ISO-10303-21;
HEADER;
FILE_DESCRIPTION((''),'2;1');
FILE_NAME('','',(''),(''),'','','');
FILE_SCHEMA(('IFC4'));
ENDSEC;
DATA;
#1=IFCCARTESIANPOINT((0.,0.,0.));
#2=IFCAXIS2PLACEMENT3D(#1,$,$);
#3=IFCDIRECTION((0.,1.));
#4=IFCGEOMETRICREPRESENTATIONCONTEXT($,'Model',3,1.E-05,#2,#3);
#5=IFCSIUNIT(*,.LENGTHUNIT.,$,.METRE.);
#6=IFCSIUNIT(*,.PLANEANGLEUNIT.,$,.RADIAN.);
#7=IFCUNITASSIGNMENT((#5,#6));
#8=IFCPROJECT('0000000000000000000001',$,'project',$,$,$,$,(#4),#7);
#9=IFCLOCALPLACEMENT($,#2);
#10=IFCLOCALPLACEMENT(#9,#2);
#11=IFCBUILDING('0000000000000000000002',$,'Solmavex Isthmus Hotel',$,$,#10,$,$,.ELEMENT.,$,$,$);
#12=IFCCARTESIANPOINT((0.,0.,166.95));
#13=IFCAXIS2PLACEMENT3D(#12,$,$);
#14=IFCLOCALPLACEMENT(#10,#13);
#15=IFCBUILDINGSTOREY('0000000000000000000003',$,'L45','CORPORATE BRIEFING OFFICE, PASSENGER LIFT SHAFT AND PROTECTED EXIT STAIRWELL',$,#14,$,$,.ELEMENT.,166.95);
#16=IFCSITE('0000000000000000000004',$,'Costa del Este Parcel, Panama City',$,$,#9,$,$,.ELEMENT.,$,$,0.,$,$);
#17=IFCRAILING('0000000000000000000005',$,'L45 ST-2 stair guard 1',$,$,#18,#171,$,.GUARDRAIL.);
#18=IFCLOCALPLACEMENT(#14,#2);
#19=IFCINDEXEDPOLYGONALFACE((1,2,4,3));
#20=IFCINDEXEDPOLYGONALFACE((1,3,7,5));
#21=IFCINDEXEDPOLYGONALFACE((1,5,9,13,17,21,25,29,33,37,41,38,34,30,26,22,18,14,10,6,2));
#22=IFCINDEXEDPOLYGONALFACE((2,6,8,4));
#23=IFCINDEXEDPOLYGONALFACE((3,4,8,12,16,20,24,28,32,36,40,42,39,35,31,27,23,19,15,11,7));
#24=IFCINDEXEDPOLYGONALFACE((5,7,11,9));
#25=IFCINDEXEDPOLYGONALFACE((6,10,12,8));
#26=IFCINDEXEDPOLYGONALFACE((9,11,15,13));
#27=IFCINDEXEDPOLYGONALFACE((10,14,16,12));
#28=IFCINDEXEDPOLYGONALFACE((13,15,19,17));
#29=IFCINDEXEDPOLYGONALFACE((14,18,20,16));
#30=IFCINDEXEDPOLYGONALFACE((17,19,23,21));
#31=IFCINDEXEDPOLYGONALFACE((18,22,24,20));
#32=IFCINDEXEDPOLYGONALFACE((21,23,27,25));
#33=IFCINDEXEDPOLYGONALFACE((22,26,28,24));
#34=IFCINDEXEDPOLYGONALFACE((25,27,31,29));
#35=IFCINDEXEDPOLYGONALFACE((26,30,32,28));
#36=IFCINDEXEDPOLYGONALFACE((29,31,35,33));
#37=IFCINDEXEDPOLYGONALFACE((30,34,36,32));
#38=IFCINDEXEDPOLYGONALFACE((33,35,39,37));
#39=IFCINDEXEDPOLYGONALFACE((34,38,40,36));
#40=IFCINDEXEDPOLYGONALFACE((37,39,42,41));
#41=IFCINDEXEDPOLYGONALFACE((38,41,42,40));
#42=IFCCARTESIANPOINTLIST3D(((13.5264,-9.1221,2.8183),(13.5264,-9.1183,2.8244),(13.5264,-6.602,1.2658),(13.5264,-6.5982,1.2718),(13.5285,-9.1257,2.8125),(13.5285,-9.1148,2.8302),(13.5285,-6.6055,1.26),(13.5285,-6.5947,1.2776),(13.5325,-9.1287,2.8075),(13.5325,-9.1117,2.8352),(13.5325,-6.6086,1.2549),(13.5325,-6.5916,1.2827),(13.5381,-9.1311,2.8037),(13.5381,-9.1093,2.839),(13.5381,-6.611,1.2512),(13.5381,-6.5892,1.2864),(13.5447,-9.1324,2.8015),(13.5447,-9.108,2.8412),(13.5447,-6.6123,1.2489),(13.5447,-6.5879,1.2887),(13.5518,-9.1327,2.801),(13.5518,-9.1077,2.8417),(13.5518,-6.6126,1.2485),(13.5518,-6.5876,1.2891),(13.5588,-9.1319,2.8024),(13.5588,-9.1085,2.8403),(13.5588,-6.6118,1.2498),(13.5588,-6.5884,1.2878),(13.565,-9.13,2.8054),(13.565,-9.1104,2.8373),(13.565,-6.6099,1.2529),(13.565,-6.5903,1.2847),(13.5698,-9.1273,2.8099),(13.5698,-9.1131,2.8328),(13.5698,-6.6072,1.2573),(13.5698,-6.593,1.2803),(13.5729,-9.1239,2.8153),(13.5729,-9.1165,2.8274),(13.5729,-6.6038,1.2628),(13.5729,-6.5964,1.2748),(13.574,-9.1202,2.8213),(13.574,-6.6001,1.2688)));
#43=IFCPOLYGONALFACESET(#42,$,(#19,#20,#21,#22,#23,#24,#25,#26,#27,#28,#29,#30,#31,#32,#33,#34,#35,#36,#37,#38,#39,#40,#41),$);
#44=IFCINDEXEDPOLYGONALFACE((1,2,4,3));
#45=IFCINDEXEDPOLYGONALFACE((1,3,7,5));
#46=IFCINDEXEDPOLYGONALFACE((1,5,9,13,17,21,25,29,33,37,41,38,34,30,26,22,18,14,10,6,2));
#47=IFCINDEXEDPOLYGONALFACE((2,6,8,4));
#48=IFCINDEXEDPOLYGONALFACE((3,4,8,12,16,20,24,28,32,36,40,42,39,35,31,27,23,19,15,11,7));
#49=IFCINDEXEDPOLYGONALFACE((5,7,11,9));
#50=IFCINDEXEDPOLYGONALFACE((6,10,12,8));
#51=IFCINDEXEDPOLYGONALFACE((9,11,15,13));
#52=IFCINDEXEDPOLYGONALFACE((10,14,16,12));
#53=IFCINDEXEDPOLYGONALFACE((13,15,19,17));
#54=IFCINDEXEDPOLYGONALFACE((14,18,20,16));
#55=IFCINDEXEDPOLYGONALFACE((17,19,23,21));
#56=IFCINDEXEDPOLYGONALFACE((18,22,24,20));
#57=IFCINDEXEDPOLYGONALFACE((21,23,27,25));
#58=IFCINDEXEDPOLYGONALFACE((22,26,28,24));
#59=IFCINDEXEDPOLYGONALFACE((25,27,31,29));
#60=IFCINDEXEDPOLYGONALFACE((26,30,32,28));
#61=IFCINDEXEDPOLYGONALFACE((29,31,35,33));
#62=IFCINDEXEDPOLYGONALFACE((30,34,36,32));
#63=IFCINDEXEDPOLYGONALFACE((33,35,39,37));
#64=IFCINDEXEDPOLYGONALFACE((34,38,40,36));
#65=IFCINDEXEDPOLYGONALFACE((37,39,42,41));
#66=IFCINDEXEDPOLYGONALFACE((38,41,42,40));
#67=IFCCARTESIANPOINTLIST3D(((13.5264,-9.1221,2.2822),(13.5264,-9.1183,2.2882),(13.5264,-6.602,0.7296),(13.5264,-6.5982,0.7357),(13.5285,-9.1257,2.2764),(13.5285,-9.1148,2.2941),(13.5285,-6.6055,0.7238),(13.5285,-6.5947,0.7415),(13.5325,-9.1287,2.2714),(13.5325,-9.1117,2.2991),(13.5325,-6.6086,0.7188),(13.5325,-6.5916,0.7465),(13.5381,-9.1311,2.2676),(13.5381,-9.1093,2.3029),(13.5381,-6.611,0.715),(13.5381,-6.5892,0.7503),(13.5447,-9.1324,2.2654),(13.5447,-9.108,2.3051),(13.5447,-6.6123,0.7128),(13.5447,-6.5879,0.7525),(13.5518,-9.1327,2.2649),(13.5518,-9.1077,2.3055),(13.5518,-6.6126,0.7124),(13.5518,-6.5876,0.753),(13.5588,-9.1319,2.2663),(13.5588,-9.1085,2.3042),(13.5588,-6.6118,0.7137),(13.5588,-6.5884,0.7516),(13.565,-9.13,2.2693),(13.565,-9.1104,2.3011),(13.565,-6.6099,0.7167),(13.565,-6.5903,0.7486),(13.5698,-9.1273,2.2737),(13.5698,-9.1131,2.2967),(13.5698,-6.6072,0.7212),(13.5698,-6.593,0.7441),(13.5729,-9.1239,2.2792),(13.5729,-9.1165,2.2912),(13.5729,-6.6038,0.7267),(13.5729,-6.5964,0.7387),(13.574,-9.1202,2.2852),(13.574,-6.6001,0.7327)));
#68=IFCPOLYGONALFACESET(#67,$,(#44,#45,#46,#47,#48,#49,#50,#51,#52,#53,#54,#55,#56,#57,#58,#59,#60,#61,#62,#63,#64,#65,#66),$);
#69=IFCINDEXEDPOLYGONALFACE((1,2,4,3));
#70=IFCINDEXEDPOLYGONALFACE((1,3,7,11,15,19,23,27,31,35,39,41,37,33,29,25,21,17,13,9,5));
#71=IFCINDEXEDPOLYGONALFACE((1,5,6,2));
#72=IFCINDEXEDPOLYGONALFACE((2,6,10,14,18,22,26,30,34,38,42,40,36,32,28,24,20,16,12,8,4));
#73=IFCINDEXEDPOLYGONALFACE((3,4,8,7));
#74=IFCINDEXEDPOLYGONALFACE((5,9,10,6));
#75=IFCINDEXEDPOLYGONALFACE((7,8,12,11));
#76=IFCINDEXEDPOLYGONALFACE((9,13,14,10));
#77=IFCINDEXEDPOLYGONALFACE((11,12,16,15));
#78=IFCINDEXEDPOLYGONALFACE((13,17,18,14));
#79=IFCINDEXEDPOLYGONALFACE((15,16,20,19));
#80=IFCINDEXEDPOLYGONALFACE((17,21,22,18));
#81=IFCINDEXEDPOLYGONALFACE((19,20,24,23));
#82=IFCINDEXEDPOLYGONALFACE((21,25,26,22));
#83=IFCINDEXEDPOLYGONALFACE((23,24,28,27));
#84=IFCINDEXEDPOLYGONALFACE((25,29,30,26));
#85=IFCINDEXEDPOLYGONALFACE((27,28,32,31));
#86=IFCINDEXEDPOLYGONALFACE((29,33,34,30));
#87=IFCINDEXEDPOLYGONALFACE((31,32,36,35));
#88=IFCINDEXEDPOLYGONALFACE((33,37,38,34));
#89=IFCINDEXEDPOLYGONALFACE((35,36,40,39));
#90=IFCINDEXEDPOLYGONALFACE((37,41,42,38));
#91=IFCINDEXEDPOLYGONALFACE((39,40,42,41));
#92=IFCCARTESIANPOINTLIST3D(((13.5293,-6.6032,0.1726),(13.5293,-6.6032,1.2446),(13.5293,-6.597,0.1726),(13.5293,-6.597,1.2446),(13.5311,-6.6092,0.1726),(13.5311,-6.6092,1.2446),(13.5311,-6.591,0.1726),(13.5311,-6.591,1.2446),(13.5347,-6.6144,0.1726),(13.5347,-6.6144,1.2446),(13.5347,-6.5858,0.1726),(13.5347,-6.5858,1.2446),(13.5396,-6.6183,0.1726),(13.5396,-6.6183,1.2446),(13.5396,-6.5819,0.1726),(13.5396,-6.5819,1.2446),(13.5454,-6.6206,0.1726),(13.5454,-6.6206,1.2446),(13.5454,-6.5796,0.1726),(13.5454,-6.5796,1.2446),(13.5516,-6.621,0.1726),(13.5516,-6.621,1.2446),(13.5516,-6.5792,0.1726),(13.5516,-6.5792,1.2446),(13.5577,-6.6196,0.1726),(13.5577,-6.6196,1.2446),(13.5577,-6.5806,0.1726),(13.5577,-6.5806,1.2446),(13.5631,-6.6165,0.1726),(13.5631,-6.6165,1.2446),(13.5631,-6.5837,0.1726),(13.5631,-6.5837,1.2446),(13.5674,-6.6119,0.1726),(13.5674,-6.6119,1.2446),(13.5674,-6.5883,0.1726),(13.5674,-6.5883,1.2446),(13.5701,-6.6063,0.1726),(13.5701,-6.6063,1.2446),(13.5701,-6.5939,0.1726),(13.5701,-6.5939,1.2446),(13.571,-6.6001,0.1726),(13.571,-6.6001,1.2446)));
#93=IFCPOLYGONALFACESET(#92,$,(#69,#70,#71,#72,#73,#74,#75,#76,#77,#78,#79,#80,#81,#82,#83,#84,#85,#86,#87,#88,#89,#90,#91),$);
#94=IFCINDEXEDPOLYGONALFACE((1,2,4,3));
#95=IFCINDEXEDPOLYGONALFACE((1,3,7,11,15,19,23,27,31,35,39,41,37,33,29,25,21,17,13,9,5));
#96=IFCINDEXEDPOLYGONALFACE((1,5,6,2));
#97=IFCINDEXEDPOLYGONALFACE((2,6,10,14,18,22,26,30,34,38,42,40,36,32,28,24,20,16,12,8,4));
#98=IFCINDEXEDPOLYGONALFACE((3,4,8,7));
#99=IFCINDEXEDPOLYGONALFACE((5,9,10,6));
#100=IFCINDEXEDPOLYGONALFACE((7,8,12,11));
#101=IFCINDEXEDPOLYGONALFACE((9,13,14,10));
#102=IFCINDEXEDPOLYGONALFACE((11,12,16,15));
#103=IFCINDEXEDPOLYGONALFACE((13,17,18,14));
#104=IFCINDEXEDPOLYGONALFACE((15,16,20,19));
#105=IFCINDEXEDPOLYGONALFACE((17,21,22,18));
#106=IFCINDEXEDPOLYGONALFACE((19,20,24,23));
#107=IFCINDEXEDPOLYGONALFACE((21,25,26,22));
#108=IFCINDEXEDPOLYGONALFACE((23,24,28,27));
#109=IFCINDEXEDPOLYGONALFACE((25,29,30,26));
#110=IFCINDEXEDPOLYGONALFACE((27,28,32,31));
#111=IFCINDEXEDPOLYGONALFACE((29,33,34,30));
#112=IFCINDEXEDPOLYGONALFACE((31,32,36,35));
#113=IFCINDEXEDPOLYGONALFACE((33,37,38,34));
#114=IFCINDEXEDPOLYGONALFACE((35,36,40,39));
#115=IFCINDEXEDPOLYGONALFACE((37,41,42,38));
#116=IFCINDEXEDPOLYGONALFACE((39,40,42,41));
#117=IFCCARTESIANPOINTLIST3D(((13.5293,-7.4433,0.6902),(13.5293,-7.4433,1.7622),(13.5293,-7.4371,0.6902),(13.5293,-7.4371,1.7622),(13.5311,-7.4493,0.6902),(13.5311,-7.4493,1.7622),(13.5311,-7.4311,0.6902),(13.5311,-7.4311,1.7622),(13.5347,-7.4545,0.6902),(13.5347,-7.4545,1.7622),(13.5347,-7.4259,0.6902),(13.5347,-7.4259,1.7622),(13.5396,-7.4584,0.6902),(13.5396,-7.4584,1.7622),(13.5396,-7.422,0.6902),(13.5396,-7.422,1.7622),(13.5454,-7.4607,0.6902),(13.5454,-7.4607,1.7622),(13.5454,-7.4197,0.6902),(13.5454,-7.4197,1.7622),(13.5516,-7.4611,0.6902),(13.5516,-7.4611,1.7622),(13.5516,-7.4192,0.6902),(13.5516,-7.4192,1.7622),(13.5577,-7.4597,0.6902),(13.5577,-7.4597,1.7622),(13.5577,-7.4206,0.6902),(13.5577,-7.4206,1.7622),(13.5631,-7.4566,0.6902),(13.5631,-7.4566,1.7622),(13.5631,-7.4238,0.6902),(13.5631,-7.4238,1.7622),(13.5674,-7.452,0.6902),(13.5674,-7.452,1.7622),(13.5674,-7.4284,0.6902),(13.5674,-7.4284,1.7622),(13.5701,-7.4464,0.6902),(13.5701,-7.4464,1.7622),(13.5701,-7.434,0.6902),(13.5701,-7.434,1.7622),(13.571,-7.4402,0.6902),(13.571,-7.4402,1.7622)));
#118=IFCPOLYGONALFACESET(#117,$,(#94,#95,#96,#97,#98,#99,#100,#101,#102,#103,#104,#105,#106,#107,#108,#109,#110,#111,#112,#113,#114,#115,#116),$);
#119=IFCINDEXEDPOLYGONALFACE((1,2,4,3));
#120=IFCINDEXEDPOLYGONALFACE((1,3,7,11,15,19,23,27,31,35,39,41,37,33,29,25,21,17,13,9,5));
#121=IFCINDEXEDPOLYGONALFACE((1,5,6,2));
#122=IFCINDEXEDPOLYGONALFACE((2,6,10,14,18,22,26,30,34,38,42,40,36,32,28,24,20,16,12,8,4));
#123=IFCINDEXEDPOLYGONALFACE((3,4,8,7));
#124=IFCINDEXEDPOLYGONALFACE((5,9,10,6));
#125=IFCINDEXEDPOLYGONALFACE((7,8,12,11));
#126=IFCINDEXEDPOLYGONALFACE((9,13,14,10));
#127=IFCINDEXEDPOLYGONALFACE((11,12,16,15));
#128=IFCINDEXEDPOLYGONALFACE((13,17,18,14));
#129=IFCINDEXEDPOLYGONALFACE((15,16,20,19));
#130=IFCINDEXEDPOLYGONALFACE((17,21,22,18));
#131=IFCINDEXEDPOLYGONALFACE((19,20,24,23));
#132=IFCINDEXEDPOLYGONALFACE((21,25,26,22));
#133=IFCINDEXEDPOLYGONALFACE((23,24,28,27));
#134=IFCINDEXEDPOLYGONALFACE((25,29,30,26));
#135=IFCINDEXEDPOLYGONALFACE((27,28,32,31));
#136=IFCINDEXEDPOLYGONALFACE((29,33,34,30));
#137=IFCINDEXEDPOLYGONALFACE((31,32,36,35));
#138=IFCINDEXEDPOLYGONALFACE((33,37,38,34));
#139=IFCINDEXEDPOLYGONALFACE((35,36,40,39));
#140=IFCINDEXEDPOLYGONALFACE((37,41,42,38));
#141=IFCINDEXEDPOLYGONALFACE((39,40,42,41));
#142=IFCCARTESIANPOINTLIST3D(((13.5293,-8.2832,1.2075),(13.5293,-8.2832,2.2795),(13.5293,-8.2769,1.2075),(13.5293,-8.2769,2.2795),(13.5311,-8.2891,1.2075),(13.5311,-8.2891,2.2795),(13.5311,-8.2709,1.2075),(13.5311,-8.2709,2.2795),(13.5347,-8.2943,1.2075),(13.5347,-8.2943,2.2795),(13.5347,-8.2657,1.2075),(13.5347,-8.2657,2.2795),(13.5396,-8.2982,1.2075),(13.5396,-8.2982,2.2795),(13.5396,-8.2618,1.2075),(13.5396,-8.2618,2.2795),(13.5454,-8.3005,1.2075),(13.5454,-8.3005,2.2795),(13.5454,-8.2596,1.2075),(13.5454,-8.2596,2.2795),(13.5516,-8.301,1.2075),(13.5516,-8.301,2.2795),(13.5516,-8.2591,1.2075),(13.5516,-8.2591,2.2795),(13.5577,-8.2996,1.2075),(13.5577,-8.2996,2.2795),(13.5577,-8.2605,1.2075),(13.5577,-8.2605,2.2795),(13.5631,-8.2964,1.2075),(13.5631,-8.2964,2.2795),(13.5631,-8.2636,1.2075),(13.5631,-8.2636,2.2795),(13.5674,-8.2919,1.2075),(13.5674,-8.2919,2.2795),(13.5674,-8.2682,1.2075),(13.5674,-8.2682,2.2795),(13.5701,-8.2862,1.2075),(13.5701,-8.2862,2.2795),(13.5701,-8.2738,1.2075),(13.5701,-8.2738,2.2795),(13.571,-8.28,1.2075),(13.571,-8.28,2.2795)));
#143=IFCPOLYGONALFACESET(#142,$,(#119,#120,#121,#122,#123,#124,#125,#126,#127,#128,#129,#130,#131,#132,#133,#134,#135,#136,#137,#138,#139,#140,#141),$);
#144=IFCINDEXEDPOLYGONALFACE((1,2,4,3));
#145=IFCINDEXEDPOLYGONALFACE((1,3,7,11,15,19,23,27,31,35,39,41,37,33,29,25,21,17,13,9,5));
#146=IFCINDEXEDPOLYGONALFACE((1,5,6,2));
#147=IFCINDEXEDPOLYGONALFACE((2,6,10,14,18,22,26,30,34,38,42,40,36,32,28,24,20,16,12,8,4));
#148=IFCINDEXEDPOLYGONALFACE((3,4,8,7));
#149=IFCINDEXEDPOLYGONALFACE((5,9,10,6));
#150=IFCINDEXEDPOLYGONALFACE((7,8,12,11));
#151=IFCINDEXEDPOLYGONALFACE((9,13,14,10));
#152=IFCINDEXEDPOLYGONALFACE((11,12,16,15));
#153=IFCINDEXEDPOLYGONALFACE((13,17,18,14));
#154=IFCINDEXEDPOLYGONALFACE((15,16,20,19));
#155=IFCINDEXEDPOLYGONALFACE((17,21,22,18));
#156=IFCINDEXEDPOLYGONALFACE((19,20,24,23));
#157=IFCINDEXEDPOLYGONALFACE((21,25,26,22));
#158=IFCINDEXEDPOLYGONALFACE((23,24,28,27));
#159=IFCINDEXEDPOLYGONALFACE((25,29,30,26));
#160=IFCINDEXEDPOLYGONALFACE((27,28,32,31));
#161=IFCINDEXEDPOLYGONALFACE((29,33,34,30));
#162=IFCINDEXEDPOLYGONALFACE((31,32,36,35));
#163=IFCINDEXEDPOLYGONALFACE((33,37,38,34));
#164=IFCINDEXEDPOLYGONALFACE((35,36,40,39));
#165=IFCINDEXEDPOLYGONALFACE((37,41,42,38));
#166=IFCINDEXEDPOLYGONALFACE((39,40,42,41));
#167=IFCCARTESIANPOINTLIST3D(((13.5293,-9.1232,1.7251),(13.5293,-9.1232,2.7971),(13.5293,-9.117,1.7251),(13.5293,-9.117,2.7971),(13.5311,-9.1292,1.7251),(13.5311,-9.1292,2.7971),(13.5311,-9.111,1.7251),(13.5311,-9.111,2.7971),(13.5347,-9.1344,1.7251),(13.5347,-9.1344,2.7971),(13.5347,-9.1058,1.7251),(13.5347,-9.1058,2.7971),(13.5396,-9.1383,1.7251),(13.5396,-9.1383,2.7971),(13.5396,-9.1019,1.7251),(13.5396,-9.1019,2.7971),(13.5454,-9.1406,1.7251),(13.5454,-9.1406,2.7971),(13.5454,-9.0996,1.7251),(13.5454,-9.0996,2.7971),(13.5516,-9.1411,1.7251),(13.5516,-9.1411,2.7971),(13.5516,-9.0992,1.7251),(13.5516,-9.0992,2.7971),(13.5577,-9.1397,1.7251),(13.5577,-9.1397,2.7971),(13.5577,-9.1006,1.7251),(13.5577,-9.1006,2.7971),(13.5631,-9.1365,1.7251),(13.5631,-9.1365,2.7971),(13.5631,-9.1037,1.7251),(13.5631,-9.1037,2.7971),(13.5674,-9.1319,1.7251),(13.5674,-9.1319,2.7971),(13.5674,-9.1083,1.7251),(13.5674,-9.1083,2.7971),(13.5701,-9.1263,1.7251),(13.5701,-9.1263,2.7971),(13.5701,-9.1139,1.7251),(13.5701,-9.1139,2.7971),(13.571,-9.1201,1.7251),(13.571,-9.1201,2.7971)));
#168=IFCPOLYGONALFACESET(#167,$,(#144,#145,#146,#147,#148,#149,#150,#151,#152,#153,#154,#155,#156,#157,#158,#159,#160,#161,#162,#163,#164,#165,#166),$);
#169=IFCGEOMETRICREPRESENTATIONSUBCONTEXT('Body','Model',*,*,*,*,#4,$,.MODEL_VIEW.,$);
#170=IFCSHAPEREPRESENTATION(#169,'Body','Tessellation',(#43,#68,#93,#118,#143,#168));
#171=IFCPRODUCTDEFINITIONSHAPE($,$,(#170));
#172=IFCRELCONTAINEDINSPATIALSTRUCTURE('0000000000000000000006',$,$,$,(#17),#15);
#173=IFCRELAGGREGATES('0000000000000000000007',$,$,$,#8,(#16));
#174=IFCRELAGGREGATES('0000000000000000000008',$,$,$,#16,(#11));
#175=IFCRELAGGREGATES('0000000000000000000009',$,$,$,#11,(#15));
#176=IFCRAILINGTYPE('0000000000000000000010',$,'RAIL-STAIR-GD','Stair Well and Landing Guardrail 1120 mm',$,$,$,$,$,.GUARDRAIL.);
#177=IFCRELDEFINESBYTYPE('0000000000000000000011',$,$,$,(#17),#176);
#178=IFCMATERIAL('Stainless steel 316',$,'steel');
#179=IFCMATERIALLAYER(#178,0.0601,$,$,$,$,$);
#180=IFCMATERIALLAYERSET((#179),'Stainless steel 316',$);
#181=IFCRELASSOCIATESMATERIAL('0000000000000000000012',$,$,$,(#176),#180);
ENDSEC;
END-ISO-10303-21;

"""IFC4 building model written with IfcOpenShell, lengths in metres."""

from ifc_helpers import new_model, si_unit, direction, frame, origin, origin_2d, place, context, subcontext, project, spatial, circle, extrude, material, layer, layer_set, type_object, element, save


model = new_model("IFC4")

# Units and contexts
model_context = context("Model", 3, precision=1e-05, world=origin(), true_north=direction((0.0, 1.0)))
body_context = subcontext(model_context, "Body", "Model", "MODEL_VIEW")
ifc_project = project(units=[si_unit("LENGTHUNIT", "METRE"), si_unit("PLANEANGLEUNIT", "RADIAN")], contexts=[model_context])

# Site, building, storey
site_placement = place(None, origin())
site = spatial("IfcSite", under=ifc_project, at=site_placement, Name="Costa del Este Parcel, Panama City", CompositionType="ELEMENT", RefElevation=0.0)
building_placement = place(site_placement, origin())
building = spatial("IfcBuilding", under=site, at=building_placement, Name="Solmavex Isthmus Hotel", CompositionType="ELEMENT")
storey_placement = place(building_placement, frame((0.0, 0.0, 166.95)))
storey = spatial("IfcBuildingStorey", under=building, at=storey_placement, Name="L45", Description="CORPORATE BRIEFING OFFICE, PASSENGER LIFT SHAFT AND PROTECTED EXIT STAIRWELL", CompositionType="ELEMENT", Elevation=166.95)

# Shared definitions
ifc_material_1 = material(Name="Stainless steel 316", Category="steel")

# Railing
ifc_layer_1 = layer(ifc_material_1, 0.0601)
ifc_layer_set_1 = layer_set([ifc_layer_1], Name="Stainless steel 316")
railing_type_1 = type_object("IfcRailingType", Name="RAIL-STAIR-GD", Description="Stair Well and Landing Guardrail 1120 mm", PredefinedType="GUARDRAIL", material=ifc_layer_set_1)
railing_1_placement = place(storey_placement, frame((13.55, -6.6001, 0.1726)))
element("IfcRailing", 1, at=railing_1_placement, inside=storey, type_object=railing_type_1, Name="L45 ST-2 stair guard 1", PredefinedType="GUARDRAIL", context=body_context, shape_type="SweptSolid", body=[
    extrude(circle(Radius=0.0239, at=origin_2d()), frame((0.0, 0.0, 1.0962), z_axis=(0.0, -0.8514, 0.524516), x_axis=(1.0, 0.0, 0.0)), (0.0, 0.0, 1.0), 2.96),
    extrude(circle(Radius=0.0239, at=origin_2d()), frame((0.0, 0.0, 0.5601), z_axis=(0.0, -0.8514, 0.524516), x_axis=(1.0, 0.0, 0.0)), (0.0, 0.0, 1.0), 2.96),
    extrude(circle(Radius=0.021, at=origin_2d()), origin(), (0.0, 0.0, 1.0), 1.072),
    extrude(circle(Radius=0.021, at=origin_2d()), frame((0.0, -0.8401, 0.5176)), (0.0, 0.0, 1.0), 1.072),
    extrude(circle(Radius=0.021, at=origin_2d()), frame((0.0, -1.6799, 1.0349)), (0.0, 0.0, 1.0), 1.072),
    extrude(circle(Radius=0.021, at=origin_2d()), frame((0.0, -2.52, 1.5525)), (0.0, 0.0, 1.0), 1.072),
])

save(model, "model.ifc")
